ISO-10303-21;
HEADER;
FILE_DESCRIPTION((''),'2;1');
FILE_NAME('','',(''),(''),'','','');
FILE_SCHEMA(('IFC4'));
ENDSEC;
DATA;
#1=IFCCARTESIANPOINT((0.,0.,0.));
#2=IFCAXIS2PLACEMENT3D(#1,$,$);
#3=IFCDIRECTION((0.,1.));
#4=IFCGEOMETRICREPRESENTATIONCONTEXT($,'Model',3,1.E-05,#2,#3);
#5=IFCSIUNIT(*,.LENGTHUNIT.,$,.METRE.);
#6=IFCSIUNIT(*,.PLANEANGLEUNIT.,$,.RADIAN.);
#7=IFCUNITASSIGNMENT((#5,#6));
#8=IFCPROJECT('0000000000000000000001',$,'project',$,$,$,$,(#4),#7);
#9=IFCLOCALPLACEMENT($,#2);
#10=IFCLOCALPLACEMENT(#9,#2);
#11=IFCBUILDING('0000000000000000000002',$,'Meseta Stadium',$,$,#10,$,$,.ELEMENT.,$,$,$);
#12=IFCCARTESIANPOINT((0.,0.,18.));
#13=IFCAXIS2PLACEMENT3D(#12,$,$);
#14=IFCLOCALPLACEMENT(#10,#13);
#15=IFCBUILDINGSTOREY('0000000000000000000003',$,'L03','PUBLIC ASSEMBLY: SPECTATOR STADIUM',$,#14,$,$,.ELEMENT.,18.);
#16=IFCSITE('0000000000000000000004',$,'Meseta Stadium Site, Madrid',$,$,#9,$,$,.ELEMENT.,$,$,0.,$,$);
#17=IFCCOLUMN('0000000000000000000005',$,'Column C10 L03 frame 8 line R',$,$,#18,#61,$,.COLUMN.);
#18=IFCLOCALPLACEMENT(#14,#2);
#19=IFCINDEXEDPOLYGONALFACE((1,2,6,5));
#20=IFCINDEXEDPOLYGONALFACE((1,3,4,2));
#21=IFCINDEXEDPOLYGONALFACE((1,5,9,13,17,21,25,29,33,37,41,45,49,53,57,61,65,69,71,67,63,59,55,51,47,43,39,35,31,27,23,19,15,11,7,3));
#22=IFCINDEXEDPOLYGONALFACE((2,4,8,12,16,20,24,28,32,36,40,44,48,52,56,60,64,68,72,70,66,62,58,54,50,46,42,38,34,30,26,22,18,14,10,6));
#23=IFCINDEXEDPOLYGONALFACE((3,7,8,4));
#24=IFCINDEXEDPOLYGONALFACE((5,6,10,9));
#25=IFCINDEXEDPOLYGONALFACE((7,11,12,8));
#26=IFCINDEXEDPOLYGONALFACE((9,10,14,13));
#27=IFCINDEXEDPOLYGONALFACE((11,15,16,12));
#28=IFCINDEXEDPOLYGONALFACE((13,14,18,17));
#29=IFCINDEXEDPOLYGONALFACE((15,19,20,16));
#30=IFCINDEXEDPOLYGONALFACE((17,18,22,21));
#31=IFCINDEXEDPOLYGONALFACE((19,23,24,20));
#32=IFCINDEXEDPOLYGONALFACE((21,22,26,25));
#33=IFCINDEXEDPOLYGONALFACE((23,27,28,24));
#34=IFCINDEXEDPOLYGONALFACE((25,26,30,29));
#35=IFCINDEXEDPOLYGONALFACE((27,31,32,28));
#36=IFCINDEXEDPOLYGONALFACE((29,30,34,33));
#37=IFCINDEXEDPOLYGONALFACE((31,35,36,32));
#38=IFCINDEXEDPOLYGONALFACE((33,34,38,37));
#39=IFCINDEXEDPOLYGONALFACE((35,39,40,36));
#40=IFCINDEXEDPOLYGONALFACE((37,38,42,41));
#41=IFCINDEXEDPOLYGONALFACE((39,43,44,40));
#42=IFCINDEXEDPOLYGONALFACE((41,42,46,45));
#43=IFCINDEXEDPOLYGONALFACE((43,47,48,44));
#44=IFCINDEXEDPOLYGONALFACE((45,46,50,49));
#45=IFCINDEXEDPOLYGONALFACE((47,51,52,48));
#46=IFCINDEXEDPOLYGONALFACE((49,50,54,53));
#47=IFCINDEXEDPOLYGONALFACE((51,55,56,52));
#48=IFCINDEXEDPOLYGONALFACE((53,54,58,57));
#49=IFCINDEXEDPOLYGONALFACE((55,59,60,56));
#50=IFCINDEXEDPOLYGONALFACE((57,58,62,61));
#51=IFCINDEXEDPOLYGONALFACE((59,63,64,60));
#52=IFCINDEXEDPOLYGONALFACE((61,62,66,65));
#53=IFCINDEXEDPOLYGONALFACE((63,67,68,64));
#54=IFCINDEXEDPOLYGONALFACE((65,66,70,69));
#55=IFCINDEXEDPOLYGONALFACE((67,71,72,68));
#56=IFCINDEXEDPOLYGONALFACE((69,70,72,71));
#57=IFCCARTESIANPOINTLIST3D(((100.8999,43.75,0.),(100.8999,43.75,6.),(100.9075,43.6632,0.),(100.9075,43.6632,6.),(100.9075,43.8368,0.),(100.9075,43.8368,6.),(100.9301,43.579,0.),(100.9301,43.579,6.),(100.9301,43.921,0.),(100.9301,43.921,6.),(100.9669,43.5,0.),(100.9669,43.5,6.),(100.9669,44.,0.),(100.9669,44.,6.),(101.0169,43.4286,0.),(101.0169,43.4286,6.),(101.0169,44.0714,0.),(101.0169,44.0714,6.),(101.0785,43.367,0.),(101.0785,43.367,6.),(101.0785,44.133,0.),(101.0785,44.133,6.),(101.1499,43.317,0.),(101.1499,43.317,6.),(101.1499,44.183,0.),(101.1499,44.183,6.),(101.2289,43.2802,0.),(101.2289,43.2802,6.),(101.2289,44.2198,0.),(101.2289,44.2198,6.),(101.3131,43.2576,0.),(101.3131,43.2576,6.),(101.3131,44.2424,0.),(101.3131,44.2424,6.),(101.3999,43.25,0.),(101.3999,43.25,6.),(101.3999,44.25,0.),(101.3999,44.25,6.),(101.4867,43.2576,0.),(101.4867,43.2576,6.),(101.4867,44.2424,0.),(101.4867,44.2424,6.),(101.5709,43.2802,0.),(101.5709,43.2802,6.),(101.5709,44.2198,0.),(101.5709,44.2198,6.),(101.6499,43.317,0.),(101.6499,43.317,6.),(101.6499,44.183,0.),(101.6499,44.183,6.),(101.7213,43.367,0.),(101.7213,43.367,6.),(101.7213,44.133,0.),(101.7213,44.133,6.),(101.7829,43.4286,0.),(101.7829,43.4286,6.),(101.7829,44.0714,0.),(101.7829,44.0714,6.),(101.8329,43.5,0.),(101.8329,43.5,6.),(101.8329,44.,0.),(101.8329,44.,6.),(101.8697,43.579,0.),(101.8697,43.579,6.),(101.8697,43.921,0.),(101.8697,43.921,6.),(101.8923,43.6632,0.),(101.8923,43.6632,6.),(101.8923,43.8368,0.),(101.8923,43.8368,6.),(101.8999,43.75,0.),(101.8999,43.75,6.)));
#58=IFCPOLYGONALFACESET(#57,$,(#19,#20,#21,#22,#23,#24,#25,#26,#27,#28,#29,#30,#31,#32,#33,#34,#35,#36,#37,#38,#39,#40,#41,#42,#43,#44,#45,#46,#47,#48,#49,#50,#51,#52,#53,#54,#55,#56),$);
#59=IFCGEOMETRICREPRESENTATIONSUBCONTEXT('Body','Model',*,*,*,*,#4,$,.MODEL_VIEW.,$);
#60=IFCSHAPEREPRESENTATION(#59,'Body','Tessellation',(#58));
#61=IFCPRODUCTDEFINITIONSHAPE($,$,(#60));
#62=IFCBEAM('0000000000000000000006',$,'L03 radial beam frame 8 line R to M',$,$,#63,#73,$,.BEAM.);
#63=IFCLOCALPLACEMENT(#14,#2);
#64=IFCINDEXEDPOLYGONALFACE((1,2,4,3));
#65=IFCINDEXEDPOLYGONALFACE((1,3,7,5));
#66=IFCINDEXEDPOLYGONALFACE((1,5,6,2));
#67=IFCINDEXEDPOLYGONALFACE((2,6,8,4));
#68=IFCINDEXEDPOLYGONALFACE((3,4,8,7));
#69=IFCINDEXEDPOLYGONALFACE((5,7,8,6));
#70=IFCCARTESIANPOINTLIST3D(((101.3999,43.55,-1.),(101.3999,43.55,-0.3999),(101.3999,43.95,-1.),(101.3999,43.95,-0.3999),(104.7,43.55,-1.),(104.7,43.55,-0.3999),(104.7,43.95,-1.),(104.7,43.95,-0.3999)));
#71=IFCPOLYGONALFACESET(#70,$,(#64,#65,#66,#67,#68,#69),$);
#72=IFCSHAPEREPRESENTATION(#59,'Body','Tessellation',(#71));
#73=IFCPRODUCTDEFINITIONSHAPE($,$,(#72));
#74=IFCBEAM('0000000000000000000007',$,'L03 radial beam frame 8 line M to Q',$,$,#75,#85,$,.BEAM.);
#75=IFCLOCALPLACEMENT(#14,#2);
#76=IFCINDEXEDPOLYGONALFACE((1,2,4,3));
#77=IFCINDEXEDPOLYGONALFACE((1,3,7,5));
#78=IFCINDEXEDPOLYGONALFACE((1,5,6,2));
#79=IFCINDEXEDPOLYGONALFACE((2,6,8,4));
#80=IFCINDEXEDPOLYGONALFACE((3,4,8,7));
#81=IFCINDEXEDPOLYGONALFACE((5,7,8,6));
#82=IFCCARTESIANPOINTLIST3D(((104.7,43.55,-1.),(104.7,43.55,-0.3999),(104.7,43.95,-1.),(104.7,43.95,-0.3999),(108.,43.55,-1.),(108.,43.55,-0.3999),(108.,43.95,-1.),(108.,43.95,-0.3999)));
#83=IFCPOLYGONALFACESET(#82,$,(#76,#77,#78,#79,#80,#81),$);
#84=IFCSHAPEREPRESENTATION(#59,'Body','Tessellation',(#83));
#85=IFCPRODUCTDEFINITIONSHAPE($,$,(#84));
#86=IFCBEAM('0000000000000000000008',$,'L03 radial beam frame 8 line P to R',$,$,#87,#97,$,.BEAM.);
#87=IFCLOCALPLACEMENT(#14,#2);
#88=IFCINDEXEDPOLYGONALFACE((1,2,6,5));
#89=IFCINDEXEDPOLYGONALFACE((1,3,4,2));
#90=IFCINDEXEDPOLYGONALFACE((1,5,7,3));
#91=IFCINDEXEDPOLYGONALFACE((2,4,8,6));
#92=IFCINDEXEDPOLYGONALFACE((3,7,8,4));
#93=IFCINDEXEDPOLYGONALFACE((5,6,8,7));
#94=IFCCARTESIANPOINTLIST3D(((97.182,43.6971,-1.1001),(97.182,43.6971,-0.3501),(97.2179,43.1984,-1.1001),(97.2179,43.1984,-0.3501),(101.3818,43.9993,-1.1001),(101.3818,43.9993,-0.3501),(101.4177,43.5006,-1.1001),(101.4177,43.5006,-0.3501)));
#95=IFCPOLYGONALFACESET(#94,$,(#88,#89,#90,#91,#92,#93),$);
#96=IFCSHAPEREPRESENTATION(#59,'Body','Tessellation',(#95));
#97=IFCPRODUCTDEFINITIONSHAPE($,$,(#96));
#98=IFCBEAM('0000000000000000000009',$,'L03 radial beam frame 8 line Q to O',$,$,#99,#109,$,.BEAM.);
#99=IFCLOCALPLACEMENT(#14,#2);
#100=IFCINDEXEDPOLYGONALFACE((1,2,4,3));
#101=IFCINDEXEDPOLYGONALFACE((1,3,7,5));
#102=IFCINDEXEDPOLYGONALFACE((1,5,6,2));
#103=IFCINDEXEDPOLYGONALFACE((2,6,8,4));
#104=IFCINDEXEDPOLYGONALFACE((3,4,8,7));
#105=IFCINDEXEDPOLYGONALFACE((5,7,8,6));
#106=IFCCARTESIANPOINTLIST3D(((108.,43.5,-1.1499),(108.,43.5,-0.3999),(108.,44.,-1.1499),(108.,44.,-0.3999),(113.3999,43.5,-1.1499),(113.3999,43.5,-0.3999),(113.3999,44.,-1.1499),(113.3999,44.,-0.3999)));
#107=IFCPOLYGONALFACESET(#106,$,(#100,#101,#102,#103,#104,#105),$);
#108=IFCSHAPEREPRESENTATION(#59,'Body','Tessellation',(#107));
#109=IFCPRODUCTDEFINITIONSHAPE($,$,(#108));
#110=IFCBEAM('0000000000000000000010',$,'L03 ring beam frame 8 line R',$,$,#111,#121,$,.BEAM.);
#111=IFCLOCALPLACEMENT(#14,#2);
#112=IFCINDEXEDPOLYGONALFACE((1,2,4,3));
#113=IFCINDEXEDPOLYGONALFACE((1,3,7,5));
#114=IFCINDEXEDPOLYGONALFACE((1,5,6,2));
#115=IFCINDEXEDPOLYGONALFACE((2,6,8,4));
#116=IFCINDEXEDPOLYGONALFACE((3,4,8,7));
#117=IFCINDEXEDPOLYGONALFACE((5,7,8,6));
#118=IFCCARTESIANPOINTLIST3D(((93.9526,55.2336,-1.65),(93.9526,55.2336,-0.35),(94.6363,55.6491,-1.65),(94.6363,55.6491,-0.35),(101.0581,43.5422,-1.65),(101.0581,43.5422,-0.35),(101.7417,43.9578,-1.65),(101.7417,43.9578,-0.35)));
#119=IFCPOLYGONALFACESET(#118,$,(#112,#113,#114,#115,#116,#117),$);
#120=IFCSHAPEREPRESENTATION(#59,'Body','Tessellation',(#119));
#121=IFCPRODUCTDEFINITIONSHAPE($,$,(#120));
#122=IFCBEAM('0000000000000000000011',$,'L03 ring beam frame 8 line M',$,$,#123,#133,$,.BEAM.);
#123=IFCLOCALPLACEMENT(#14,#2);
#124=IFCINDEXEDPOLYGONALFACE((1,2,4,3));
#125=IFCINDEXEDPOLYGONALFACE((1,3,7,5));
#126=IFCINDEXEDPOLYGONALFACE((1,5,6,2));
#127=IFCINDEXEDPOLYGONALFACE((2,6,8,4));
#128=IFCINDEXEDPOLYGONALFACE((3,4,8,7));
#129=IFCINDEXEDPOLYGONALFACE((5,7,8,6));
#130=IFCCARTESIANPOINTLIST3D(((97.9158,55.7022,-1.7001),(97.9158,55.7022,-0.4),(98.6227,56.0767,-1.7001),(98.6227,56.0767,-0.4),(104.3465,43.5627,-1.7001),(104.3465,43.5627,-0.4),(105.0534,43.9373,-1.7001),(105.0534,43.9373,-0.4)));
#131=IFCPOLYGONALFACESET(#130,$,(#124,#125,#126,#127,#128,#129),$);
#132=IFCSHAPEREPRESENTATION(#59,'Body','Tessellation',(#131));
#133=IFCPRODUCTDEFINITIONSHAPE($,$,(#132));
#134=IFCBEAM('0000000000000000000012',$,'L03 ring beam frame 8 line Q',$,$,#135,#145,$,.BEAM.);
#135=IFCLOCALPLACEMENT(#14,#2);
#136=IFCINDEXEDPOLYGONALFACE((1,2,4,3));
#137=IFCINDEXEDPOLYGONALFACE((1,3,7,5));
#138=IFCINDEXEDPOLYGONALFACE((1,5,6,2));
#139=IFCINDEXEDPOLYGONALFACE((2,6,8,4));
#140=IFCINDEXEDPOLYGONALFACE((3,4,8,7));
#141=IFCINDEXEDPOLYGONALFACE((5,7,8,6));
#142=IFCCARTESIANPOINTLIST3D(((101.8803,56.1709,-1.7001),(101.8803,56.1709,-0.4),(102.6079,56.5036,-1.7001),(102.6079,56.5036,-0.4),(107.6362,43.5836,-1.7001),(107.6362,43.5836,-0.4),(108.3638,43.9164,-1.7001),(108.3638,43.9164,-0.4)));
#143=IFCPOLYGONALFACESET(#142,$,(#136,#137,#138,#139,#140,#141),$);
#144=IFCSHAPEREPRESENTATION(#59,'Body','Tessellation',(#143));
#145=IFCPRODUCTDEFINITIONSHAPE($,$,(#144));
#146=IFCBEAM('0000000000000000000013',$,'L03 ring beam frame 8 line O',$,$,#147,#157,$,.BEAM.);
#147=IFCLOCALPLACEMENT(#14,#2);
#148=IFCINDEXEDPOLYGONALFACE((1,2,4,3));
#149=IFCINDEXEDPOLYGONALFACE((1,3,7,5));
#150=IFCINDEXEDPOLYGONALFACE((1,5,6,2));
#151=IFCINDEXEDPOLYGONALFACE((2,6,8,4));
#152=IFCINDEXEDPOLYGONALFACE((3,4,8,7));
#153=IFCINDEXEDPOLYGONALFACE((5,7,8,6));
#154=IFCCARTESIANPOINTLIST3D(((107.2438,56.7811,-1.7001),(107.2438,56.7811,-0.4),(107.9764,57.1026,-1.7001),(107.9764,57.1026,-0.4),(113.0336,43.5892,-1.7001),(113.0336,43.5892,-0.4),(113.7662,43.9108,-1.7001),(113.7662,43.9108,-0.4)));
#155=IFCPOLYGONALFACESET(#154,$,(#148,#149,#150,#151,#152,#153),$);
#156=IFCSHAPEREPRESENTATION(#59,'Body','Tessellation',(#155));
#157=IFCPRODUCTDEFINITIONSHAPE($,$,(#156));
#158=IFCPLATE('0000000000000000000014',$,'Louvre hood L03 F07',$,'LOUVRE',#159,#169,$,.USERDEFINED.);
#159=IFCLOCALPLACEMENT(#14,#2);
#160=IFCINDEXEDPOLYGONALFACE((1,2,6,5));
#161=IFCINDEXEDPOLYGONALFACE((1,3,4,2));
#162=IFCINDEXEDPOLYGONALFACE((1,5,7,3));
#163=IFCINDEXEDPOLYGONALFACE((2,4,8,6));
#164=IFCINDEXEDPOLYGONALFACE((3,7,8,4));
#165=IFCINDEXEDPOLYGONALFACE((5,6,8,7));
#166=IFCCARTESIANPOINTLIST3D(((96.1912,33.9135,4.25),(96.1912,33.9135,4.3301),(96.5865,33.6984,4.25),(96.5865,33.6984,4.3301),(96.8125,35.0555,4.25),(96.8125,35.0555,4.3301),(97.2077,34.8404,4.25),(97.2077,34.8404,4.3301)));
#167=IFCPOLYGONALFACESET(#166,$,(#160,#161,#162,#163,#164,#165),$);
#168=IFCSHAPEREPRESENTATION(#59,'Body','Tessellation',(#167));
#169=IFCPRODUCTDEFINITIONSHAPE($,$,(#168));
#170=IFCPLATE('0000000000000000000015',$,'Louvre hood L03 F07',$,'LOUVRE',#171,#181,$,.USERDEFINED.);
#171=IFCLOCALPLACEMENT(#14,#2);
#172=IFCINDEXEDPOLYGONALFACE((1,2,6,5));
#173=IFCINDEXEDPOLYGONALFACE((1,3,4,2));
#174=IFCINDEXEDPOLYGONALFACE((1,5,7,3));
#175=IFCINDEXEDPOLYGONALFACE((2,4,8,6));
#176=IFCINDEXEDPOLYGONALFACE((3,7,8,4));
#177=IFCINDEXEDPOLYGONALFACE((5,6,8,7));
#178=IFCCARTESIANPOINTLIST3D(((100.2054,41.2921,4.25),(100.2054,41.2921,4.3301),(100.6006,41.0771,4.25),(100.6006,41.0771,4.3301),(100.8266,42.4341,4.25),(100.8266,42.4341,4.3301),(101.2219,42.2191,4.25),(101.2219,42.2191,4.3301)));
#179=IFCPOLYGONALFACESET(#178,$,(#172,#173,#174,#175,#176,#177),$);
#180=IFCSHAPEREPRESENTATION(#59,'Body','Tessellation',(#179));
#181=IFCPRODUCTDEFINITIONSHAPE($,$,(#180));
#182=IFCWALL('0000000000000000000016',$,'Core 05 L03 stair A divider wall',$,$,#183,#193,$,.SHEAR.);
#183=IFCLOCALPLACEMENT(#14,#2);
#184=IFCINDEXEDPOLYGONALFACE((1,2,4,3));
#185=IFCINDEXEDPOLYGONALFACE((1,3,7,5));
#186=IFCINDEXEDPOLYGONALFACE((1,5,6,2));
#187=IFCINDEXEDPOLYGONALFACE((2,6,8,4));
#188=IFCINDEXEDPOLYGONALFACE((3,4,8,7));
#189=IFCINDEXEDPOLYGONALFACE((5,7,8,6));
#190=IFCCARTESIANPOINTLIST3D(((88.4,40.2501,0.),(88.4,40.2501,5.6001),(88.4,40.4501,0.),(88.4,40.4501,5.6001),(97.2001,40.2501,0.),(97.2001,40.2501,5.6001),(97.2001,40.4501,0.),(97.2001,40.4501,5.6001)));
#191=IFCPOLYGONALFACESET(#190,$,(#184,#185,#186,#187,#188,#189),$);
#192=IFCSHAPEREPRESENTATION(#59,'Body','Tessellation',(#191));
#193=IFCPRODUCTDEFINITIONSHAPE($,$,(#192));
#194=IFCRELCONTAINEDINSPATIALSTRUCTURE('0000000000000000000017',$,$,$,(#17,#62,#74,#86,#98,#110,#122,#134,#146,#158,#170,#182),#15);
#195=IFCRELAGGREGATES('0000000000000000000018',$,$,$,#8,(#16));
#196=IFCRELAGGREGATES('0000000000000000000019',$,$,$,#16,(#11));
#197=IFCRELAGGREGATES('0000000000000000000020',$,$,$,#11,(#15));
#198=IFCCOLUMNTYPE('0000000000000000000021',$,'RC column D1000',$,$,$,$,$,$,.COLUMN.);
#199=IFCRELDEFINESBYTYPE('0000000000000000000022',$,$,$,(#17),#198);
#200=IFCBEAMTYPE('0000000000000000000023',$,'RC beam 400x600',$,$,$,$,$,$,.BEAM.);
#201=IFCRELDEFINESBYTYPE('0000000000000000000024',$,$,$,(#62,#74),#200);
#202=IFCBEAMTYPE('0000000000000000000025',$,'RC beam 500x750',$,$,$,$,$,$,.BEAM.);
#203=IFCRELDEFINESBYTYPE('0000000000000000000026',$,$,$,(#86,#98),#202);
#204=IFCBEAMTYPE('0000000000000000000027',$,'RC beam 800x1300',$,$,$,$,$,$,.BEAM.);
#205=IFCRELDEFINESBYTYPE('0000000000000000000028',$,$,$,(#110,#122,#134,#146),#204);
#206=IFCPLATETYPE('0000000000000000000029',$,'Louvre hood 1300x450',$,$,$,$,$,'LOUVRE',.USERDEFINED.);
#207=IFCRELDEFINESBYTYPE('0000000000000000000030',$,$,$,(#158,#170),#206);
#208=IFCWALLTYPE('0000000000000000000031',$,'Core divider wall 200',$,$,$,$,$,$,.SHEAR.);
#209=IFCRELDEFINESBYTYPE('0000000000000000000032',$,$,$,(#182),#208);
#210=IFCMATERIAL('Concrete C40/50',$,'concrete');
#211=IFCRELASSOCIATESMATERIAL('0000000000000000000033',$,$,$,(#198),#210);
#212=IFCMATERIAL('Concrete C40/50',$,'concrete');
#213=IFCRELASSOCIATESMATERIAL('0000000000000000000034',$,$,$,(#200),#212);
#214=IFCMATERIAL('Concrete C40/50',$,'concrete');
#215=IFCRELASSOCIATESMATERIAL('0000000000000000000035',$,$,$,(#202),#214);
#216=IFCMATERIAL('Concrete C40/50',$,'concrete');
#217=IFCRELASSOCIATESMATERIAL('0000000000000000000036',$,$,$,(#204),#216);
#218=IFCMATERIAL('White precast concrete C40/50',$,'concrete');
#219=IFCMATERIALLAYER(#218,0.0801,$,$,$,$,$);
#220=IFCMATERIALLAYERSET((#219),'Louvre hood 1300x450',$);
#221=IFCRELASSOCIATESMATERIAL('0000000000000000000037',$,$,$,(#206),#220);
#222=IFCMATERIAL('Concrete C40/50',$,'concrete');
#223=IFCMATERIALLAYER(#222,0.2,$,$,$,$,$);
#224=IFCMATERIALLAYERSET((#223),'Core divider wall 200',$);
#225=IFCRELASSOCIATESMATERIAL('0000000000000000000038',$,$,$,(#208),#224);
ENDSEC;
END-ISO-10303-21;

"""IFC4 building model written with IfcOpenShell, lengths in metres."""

from ifc_helpers import new_model, si_unit, direction, frame, frame_2d, origin, origin_2d, place, context, subcontext, project, spatial, rectangle, circle, extrude, material, layer, layer_set, material_profile, profile_set, type_object, element, save


model = new_model("IFC4")

# Units and contexts
model_context = context("Model", 3, precision=1e-05, world=origin(), true_north=direction((0.0, 1.0)))
body_context = subcontext(model_context, "Body", "Model", "MODEL_VIEW")
ifc_project = project(units=[si_unit("LENGTHUNIT", "METRE"), si_unit("PLANEANGLEUNIT", "RADIAN")], contexts=[model_context])

# Site, building, storey
site_placement = place(None, origin())
site = spatial("IfcSite", under=ifc_project, at=site_placement, Name="Meseta Stadium Site, Madrid", CompositionType="ELEMENT", RefElevation=0.0)
building_placement = place(site_placement, origin())
building = spatial("IfcBuilding", under=site, at=building_placement, Name="Meseta Stadium", CompositionType="ELEMENT")
storey_placement = place(building_placement, frame((0.0, 0.0, 18.0)))
storey = spatial("IfcBuildingStorey", under=building, at=storey_placement, Name="L03", Description="PUBLIC ASSEMBLY: SPECTATOR STADIUM", CompositionType="ELEMENT", Elevation=18.0)

# Column
ifc_material_1 = material(Name="Concrete C40/50", Category="concrete")
ifc_material_profile_1 = material_profile(ifc_material_1, circle(Radius=0.5, at=origin_2d()), Name="RC D1000")
ifc_profile_set_1 = profile_set([ifc_material_profile_1], Name="Concrete C40/50")
column_type = type_object("IfcColumnType", Name="RC column D1000", PredefinedType="COLUMN", material=ifc_profile_set_1)
column_placement = place(storey_placement, frame((101.3999, 43.75, 0.0), z_axis=(0.0, 0.0, 1.0), x_axis=(1.0, 0.0, 0.0)))
element("IfcColumn", 1, at=column_placement, inside=storey, type_object=column_type, Name="Column C10 L03 frame 8 line R", PredefinedType="COLUMN", context=body_context, shape_type="SweptSolid", body=[
    extrude(circle(Radius=0.5, at=origin_2d()), origin(), (0.0, 0.0, 1.0), 6.0),
])

# Beams
ifc_material_2 = material(Name="Concrete C40/50", Category="concrete")
ifc_material_profile_2 = material_profile(ifc_material_2, rectangle(XDim=0.3999, YDim=0.6001, at=origin_2d()), Name="RC 400x600")
ifc_profile_set_2 = profile_set([ifc_material_profile_2], Name="Concrete C40/50")
beam_type_1 = type_object("IfcBeamType", Name="RC beam 400x600", PredefinedType="BEAM", material=ifc_profile_set_2)
for number, where, z_axis, x_axis, name in (
    (2, (101.3999, 43.75, -0.7), (1.0, 0.0, 0.0), (0.0, 1.0, 0.0), "L03 radial beam frame 8 line R to M"),
    (3, (104.7, 43.75, -0.7), (1.0, 0.0, 0.0), (0.0, 1.0, 0.0), "L03 radial beam frame 8 line M to Q"),
):
    element("IfcBeam", number, at=place(storey_placement, frame(where, z_axis=z_axis, x_axis=x_axis)), inside=storey, type_object=beam_type_1, Name=name, PredefinedType="BEAM", context=body_context, shape_type="SweptSolid", body=[
        extrude(rectangle(XDim=0.3999, YDim=0.6001, at=origin_2d()), origin(), (0.0, 0.0, 1.0), 3.3),
    ])
ifc_material_3 = material(Name="Concrete C40/50", Category="concrete")
ifc_material_profile_3 = material_profile(ifc_material_3, rectangle(XDim=0.5, YDim=0.75, at=origin_2d()), Name="RC 500x750")
ifc_profile_set_3 = profile_set([ifc_material_profile_3], Name="Concrete C40/50")
beam_type_2 = type_object("IfcBeamType", Name="RC beam 500x750", PredefinedType="BEAM", material=ifc_profile_set_3)
beam_1_placement = place(storey_placement, frame((97.2, 43.4478, -0.7251), z_axis=(0.997421, 0.071779, 0.0), x_axis=(-0.071779, 0.997421, 0.0)))
element("IfcBeam", 4, at=beam_1_placement, inside=storey, type_object=beam_type_2, Name="L03 radial beam frame 8 line P to R", PredefinedType="BEAM", context=body_context, shape_type="SweptSolid", body=[
    extrude(rectangle(XDim=0.5, YDim=0.75, at=origin_2d()), origin(), (0.0, 0.0, 1.0), 4.2107),
])
beam_2_placement = place(storey_placement, frame((108.0, 43.75, -0.7749), z_axis=(1.0, 0.0, 0.0), x_axis=(0.0, 1.0, 0.0)))
element("IfcBeam", 5, at=beam_2_placement, inside=storey, type_object=beam_type_2, Name="L03 radial beam frame 8 line Q to O", PredefinedType="BEAM", context=body_context, shape_type="SweptSolid", body=[
    extrude(rectangle(XDim=0.5, YDim=0.75, at=origin_2d()), origin(), (0.0, 0.0, 1.0), 5.3999),
])
ifc_material_4 = material(Name="Concrete C40/50", Category="concrete")
ifc_material_profile_4 = material_profile(ifc_material_4, rectangle(XDim=0.8, YDim=1.3, at=origin_2d()), Name="RC 800x1300")
ifc_profile_set_4 = profile_set([ifc_material_profile_4], Name="Concrete C40/50")
beam_type_3 = type_object("IfcBeamType", Name="RC beam 800x1300", PredefinedType="BEAM", material=ifc_profile_set_4)
beam_3_placement = place(storey_placement, frame((101.3999, 43.75, -1.0), z_axis=(-0.519358, 0.854557, 0.0), x_axis=(-0.854557, -0.519358, 0.0)))
element("IfcBeam", 6, at=beam_3_placement, inside=storey, type_object=beam_type_3, Name="L03 ring beam frame 8 line R", PredefinedType="BEAM", context=body_context, shape_type="SweptSolid", body=[
    extrude(rectangle(XDim=0.8, YDim=1.3, at=origin_2d()), origin(), (0.0, 0.0, 1.0), 13.6812),
])
beam_4_placement = place(storey_placement, frame((104.7, 43.75, -1.05), z_axis=(-0.468111, 0.88367, 0.0), x_axis=(-0.88367, -0.468111, 0.0)))
element("IfcBeam", 7, at=beam_4_placement, inside=storey, type_object=beam_type_3, Name="L03 ring beam frame 8 line M", PredefinedType="BEAM", context=body_context, shape_type="SweptSolid", body=[
    extrude(rectangle(XDim=0.8, YDim=1.3, at=origin_2d()), origin(), (0.0, 0.0, 1.0), 13.7375),
])
beam_5_placement = place(storey_placement, frame((108.0, 43.75, -1.05), z_axis=(-0.415863, 0.909427, 0.0), x_axis=(-0.909427, -0.415863, 0.0)))
element("IfcBeam", 8, at=beam_5_placement, inside=storey, type_object=beam_type_3, Name="L03 ring beam frame 8 line Q", PredefinedType="BEAM", context=body_context, shape_type="SweptSolid", body=[
    extrude(rectangle(XDim=0.8, YDim=1.3, at=origin_2d()), origin(), (0.0, 0.0, 1.0), 13.8408),
])
beam_6_placement = place(storey_placement, frame((113.3999, 43.75, -1.05), z_axis=(-0.401887, 0.915689, 0.0), x_axis=(-0.915689, -0.401887, 0.0)))
element("IfcBeam", 9, at=beam_6_placement, inside=storey, type_object=beam_type_3, Name="L03 ring beam frame 8 line O", PredefinedType="BEAM", context=body_context, shape_type="SweptSolid", body=[
    extrude(rectangle(XDim=0.8, YDim=1.3, at=origin_2d()), origin(), (0.0, 0.0, 1.0), 14.4065),
])

# Plates
ifc_material_5 = material(Name="White precast concrete C40/50", Category="concrete")
ifc_layer_1 = layer(ifc_material_5, 0.0801)
ifc_layer_set_1 = layer_set([ifc_layer_1], Name="Louvre hood 1300x450")
plate_type = type_object("IfcPlateType", Name="Louvre hood 1300x450", ElementType="LOUVRE", PredefinedType="USERDEFINED", material=ifc_layer_set_1)
for number, where, z_axis, x_axis, name in (
    (10, (96.6995, 34.377, 4.25), (0.0, 0.0, 1.0), (0.477867, 0.878432, 0.0), "Louvre hood L03 F07"),
    (11, (100.7136, 41.7556, 4.25), (0.0, 0.0, 1.0), (0.477867, 0.878432, 0.0), "Louvre hood L03 F07"),
):
    element("IfcPlate", number, at=place(storey_placement, frame(where, z_axis=z_axis, x_axis=x_axis)), inside=storey, type_object=plate_type, Name=name, ObjectType="LOUVRE", PredefinedType="USERDEFINED", context=body_context, shape_type="SweptSolid", body=[
        extrude(rectangle(XDim=1.3, YDim=0.45, at=origin_2d()), origin(), (0.0, 0.0, 1.0), 0.0801),
    ])

# Wall
ifc_material_6 = material(Name="Concrete C40/50", Category="concrete")
ifc_layer_2 = layer(ifc_material_6, 0.2)
ifc_layer_set_2 = layer_set([ifc_layer_2], Name="Core divider wall 200")
wall_type_1 = type_object("IfcWallType", Name="Core divider wall 200", PredefinedType="SHEAR", material=ifc_layer_set_2)
wall_1_placement = place(storey_placement, frame((97.2, 40.3501, 0.0), z_axis=(0.0, 0.0, 1.0), x_axis=(-1.0, 0.0, 0.0)))
element("IfcWall", 12, at=wall_1_placement, inside=storey, type_object=wall_type_1, Name="Core 05 L03 stair A divider wall", PredefinedType="SHEAR", context=body_context, shape_type="SweptSolid", body=[
    extrude(rectangle(XDim=8.8, YDim=0.2, at=frame_2d((4.3999, 0.0))), origin(), (0.0, 0.0, 1.0), 5.6001),
])

save(model, "model.ifc")
